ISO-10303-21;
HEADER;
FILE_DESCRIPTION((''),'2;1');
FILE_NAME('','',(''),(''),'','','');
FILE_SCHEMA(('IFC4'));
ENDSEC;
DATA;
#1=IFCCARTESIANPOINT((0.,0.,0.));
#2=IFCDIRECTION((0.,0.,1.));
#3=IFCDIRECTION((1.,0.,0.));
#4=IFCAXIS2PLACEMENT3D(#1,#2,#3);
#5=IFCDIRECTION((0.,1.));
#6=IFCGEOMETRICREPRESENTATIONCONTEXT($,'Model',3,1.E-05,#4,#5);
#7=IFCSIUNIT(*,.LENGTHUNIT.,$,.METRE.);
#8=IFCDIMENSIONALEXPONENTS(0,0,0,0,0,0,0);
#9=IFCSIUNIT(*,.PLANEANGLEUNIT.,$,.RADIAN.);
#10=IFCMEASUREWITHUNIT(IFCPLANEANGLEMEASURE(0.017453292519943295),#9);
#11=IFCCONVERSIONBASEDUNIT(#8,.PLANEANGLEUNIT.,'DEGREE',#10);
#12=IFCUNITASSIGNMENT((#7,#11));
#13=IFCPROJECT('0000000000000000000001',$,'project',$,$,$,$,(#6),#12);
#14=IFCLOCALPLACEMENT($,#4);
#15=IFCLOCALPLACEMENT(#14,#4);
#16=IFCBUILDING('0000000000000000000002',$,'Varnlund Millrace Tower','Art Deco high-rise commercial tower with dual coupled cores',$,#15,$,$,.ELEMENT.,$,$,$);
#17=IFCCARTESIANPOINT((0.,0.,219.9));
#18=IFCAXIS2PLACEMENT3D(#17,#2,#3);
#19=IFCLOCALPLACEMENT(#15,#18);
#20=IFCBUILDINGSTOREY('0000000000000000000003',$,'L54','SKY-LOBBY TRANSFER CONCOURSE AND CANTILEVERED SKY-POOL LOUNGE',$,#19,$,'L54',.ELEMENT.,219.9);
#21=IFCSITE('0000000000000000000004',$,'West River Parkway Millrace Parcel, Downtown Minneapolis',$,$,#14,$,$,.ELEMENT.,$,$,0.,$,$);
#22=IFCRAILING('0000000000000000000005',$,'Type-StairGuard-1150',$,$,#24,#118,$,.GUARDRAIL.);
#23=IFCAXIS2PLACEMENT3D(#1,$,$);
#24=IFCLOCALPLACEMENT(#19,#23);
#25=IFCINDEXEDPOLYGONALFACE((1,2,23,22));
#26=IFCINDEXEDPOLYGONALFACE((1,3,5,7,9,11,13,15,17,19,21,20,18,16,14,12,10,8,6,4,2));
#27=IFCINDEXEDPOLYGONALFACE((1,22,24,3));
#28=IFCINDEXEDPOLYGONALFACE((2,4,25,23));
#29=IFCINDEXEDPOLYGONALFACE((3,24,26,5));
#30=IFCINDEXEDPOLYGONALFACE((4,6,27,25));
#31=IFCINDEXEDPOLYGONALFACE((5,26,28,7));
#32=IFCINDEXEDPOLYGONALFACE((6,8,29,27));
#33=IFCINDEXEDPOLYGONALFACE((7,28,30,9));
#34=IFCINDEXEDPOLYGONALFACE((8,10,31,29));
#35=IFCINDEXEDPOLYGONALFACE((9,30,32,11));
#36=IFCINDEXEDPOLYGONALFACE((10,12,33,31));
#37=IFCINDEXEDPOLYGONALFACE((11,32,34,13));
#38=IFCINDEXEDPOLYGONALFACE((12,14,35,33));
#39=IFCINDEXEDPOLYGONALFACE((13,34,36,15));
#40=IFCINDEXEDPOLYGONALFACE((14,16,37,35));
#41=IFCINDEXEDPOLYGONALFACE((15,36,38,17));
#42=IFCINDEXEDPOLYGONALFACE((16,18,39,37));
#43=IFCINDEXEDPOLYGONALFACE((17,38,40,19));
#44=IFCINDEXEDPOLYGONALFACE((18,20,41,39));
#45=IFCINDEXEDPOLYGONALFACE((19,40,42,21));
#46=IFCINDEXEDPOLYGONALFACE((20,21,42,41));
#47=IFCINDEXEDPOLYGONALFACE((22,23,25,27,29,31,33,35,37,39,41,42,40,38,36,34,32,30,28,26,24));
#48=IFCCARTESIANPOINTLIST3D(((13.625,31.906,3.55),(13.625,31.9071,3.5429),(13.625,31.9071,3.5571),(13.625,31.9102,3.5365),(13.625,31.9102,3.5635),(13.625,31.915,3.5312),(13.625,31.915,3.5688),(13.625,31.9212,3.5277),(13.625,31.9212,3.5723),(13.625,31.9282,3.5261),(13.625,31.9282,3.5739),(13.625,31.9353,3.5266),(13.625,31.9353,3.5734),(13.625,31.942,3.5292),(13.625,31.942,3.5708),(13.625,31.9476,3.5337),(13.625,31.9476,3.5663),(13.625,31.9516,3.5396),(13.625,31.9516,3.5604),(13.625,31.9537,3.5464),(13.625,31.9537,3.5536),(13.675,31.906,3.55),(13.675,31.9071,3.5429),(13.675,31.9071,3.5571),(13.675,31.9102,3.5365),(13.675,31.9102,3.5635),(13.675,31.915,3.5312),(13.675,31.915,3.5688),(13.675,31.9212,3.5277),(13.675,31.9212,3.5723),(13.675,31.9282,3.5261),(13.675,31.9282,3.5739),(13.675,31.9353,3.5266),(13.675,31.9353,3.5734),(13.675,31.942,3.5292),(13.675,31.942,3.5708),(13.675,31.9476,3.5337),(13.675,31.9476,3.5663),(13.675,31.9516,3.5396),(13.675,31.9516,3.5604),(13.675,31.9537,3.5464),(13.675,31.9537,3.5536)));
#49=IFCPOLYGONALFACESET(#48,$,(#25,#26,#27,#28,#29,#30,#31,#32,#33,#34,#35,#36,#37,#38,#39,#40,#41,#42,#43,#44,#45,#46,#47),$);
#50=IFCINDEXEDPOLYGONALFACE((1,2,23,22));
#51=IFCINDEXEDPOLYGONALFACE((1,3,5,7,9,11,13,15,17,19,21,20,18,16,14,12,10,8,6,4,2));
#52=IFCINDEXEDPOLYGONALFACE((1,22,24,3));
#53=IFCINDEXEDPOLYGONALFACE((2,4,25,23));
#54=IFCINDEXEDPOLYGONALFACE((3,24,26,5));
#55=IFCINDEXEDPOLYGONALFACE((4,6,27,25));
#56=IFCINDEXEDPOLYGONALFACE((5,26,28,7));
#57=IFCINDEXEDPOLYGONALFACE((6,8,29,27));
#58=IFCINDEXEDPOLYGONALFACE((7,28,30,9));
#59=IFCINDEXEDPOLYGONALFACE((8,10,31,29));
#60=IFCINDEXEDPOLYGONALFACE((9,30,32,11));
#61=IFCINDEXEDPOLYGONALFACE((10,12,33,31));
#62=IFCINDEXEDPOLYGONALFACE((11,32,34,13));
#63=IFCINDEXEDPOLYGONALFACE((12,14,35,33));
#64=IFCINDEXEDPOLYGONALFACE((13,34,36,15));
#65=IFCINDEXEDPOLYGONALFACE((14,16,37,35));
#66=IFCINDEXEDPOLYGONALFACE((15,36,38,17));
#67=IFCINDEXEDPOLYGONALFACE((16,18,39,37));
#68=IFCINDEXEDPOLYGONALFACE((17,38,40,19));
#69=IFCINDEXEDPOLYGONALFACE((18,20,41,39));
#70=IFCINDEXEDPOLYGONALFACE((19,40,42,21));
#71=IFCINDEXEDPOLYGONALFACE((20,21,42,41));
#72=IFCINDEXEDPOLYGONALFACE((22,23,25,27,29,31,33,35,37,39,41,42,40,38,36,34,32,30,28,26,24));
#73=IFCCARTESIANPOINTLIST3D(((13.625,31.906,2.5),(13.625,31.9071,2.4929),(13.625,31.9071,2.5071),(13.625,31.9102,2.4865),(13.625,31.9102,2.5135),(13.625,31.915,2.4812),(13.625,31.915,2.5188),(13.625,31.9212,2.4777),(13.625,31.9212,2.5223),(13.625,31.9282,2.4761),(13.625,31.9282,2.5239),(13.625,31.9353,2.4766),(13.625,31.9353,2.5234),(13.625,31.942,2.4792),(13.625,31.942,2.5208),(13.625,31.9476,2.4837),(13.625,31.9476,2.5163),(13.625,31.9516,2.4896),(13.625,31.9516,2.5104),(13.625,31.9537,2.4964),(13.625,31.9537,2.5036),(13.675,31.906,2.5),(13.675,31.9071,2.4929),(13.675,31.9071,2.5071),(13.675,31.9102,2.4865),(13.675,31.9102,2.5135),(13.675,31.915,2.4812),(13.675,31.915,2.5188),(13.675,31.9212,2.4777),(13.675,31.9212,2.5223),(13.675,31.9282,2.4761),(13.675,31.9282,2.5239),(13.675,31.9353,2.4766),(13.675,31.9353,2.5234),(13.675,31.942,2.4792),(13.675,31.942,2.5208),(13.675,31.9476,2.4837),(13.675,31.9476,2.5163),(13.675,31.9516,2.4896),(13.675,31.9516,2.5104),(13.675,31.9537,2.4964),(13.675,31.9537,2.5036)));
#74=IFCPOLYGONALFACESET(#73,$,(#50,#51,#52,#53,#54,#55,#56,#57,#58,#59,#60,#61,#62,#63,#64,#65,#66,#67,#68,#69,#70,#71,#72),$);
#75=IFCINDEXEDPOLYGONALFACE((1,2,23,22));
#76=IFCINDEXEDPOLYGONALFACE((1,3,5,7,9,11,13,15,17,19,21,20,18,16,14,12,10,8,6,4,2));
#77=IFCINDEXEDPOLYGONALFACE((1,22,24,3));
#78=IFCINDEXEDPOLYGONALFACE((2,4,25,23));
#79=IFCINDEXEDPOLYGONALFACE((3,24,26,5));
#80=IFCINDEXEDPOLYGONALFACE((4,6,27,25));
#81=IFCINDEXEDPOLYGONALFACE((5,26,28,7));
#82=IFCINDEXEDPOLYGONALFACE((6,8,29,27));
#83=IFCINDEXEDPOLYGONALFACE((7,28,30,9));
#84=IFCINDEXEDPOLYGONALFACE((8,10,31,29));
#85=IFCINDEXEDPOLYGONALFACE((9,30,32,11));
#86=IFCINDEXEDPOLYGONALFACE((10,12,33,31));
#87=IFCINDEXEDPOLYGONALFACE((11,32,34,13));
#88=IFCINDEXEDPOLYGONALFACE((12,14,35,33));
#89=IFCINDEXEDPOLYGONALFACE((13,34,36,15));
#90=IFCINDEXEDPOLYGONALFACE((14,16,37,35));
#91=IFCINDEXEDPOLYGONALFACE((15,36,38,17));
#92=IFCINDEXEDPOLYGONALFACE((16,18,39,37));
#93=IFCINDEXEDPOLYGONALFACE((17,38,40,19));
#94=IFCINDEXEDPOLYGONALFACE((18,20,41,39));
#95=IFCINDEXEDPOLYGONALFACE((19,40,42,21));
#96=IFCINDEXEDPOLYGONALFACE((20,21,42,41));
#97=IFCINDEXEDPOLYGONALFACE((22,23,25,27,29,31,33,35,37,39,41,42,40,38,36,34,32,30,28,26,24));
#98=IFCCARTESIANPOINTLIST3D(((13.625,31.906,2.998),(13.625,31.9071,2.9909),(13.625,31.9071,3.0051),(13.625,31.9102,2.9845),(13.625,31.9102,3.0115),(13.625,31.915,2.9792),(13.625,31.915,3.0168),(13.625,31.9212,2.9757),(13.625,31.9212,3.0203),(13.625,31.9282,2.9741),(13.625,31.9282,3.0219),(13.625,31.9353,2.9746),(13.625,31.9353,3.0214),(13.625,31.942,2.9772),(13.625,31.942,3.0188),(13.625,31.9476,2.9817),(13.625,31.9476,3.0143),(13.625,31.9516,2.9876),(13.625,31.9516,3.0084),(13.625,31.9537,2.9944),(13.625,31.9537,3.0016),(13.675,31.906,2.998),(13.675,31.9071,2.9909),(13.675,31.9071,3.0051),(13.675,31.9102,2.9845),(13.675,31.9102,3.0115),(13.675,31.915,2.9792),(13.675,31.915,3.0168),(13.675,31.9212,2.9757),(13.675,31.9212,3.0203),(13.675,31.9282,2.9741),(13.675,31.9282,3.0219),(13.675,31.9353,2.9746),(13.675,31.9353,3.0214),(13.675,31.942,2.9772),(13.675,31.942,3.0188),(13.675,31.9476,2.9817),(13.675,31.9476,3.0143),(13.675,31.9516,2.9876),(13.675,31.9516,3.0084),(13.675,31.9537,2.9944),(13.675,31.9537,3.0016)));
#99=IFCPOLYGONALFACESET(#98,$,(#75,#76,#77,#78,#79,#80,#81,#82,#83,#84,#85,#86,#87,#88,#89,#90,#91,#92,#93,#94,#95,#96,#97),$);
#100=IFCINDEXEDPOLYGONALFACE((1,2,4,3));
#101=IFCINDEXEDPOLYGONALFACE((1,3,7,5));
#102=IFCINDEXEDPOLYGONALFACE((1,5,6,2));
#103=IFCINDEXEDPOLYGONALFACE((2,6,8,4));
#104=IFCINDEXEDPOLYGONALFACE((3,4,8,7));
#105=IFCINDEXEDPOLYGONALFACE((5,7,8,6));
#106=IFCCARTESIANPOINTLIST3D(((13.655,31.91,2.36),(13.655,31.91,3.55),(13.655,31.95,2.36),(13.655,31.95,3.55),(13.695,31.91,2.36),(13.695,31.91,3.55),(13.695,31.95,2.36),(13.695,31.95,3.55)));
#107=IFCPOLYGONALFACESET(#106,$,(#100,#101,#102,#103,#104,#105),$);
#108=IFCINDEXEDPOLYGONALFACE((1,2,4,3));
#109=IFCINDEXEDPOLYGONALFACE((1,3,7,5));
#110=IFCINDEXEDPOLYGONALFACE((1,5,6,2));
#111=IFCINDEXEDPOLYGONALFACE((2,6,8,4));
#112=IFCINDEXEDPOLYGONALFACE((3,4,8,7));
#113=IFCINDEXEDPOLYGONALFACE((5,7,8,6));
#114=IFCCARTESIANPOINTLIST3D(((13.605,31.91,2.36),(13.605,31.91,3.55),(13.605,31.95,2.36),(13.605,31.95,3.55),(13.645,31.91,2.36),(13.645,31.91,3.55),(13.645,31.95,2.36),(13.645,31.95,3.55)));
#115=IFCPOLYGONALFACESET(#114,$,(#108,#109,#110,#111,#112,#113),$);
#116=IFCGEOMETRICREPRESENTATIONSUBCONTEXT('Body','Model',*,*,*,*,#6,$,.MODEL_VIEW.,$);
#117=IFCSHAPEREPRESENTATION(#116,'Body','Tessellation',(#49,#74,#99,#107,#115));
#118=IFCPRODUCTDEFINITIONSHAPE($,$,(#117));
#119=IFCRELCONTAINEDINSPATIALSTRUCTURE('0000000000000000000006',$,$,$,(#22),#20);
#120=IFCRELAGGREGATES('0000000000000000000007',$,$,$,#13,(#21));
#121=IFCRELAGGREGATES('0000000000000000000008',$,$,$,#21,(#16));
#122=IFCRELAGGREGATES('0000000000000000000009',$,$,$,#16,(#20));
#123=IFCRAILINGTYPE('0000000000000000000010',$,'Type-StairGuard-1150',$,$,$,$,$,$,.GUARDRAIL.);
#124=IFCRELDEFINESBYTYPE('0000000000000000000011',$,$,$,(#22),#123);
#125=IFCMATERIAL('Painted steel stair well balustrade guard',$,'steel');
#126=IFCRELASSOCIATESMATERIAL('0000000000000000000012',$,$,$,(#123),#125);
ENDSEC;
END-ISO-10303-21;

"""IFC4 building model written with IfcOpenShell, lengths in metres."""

from ifc_helpers import new_model, entity, si_unit, converted_unit, direction, frame, origin_with_axes, origin_2d_with_axis, place, context, subcontext, project, spatial, rectangle, circle, extrude, material, type_object, element, save


model = new_model("IFC4")

# Units and contexts
model_context = context("Model", 3, precision=1e-05, world=origin_with_axes(), true_north=direction((0.0, 1.0)))
body_context = subcontext(model_context, "Body", "Model", "MODEL_VIEW")
ifc_project = project(units=[si_unit("LENGTHUNIT", "METRE"), converted_unit("PLANEANGLEUNIT", "DEGREE", entity("IfcPlaneAngleMeasure", 0.017453292519943295), si_unit("PLANEANGLEUNIT", "RADIAN"), dimensions=[0, 0, 0, 0, 0, 0, 0])], contexts=[model_context])

# Site, building, storey
site_placement = place(None, origin_with_axes())
site = spatial("IfcSite", under=ifc_project, at=site_placement, Name="West River Parkway Millrace Parcel, Downtown Minneapolis", CompositionType="ELEMENT", RefElevation=0.0)
building_placement = place(site_placement, origin_with_axes())
building = spatial("IfcBuilding", under=site, at=building_placement, Name="Varnlund Millrace Tower", Description="Art Deco high-rise commercial tower with dual coupled cores", CompositionType="ELEMENT")
storey_placement = place(building_placement, frame((0.0, 0.0, 219.9), z_axis=(0.0, 0.0, 1.0), x_axis=(1.0, 0.0, 0.0)))
storey = spatial("IfcBuildingStorey", under=building, at=storey_placement, Name="L54", Description="SKY-LOBBY TRANSFER CONCOURSE AND CANTILEVERED SKY-POOL LOUNGE", LongName="L54", CompositionType="ELEMENT", Elevation=219.9)

# Railing
ifc_material_1 = material(Name="Painted steel stair well balustrade guard", Category="steel")
railing_type_1 = type_object("IfcRailingType", Name="Type-StairGuard-1150", PredefinedType="GUARDRAIL", material=ifc_material_1)
railing_1_placement = place(storey_placement, frame((0.0, 0.0, -219.9), z_axis=(0.0, 0.0, 1.0), x_axis=(1.0, 0.0, 0.0)))
element("IfcRailing", 1, at=railing_1_placement, inside=storey, type_object=railing_type_1, Name="Type-StairGuard-1150", PredefinedType="GUARDRAIL", context=body_context, shape_type="SweptSolid", body=[
    extrude(circle(Radius=0.024, at=origin_2d_with_axis()), frame((13.675, 31.93, 223.45), z_axis=(-1.0, 0.0, 0.0), x_axis=(0.0, -1.0, 0.0)), (0.0, 0.0, 1.0), 0.05),
    extrude(circle(Radius=0.024, at=origin_2d_with_axis()), frame((13.675, 31.93, 222.4), z_axis=(-1.0, 0.0, 0.0), x_axis=(0.0, -1.0, 0.0)), (0.0, 0.0, 1.0), 0.05),
    extrude(circle(Radius=0.024, at=origin_2d_with_axis()), frame((13.675, 31.93, 222.898), z_axis=(-1.0, 0.0, 0.0), x_axis=(0.0, -1.0, 0.0)), (0.0, 0.0, 1.0), 0.05),
    extrude(rectangle(XDim=0.04, YDim=0.04, at=origin_2d_with_axis()), frame((13.675, 31.93, 222.26), z_axis=(0.0, 0.0, 1.0), x_axis=(1.0, 0.0, 0.0)), (0.0, 0.0, 1.0), 1.19),
    extrude(rectangle(XDim=0.04, YDim=0.04, at=origin_2d_with_axis()), frame((13.625, 31.93, 222.26), z_axis=(0.0, 0.0, 1.0), x_axis=(1.0, 0.0, 0.0)), (0.0, 0.0, 1.0), 1.19),
])

save(model, "model.ifc")
